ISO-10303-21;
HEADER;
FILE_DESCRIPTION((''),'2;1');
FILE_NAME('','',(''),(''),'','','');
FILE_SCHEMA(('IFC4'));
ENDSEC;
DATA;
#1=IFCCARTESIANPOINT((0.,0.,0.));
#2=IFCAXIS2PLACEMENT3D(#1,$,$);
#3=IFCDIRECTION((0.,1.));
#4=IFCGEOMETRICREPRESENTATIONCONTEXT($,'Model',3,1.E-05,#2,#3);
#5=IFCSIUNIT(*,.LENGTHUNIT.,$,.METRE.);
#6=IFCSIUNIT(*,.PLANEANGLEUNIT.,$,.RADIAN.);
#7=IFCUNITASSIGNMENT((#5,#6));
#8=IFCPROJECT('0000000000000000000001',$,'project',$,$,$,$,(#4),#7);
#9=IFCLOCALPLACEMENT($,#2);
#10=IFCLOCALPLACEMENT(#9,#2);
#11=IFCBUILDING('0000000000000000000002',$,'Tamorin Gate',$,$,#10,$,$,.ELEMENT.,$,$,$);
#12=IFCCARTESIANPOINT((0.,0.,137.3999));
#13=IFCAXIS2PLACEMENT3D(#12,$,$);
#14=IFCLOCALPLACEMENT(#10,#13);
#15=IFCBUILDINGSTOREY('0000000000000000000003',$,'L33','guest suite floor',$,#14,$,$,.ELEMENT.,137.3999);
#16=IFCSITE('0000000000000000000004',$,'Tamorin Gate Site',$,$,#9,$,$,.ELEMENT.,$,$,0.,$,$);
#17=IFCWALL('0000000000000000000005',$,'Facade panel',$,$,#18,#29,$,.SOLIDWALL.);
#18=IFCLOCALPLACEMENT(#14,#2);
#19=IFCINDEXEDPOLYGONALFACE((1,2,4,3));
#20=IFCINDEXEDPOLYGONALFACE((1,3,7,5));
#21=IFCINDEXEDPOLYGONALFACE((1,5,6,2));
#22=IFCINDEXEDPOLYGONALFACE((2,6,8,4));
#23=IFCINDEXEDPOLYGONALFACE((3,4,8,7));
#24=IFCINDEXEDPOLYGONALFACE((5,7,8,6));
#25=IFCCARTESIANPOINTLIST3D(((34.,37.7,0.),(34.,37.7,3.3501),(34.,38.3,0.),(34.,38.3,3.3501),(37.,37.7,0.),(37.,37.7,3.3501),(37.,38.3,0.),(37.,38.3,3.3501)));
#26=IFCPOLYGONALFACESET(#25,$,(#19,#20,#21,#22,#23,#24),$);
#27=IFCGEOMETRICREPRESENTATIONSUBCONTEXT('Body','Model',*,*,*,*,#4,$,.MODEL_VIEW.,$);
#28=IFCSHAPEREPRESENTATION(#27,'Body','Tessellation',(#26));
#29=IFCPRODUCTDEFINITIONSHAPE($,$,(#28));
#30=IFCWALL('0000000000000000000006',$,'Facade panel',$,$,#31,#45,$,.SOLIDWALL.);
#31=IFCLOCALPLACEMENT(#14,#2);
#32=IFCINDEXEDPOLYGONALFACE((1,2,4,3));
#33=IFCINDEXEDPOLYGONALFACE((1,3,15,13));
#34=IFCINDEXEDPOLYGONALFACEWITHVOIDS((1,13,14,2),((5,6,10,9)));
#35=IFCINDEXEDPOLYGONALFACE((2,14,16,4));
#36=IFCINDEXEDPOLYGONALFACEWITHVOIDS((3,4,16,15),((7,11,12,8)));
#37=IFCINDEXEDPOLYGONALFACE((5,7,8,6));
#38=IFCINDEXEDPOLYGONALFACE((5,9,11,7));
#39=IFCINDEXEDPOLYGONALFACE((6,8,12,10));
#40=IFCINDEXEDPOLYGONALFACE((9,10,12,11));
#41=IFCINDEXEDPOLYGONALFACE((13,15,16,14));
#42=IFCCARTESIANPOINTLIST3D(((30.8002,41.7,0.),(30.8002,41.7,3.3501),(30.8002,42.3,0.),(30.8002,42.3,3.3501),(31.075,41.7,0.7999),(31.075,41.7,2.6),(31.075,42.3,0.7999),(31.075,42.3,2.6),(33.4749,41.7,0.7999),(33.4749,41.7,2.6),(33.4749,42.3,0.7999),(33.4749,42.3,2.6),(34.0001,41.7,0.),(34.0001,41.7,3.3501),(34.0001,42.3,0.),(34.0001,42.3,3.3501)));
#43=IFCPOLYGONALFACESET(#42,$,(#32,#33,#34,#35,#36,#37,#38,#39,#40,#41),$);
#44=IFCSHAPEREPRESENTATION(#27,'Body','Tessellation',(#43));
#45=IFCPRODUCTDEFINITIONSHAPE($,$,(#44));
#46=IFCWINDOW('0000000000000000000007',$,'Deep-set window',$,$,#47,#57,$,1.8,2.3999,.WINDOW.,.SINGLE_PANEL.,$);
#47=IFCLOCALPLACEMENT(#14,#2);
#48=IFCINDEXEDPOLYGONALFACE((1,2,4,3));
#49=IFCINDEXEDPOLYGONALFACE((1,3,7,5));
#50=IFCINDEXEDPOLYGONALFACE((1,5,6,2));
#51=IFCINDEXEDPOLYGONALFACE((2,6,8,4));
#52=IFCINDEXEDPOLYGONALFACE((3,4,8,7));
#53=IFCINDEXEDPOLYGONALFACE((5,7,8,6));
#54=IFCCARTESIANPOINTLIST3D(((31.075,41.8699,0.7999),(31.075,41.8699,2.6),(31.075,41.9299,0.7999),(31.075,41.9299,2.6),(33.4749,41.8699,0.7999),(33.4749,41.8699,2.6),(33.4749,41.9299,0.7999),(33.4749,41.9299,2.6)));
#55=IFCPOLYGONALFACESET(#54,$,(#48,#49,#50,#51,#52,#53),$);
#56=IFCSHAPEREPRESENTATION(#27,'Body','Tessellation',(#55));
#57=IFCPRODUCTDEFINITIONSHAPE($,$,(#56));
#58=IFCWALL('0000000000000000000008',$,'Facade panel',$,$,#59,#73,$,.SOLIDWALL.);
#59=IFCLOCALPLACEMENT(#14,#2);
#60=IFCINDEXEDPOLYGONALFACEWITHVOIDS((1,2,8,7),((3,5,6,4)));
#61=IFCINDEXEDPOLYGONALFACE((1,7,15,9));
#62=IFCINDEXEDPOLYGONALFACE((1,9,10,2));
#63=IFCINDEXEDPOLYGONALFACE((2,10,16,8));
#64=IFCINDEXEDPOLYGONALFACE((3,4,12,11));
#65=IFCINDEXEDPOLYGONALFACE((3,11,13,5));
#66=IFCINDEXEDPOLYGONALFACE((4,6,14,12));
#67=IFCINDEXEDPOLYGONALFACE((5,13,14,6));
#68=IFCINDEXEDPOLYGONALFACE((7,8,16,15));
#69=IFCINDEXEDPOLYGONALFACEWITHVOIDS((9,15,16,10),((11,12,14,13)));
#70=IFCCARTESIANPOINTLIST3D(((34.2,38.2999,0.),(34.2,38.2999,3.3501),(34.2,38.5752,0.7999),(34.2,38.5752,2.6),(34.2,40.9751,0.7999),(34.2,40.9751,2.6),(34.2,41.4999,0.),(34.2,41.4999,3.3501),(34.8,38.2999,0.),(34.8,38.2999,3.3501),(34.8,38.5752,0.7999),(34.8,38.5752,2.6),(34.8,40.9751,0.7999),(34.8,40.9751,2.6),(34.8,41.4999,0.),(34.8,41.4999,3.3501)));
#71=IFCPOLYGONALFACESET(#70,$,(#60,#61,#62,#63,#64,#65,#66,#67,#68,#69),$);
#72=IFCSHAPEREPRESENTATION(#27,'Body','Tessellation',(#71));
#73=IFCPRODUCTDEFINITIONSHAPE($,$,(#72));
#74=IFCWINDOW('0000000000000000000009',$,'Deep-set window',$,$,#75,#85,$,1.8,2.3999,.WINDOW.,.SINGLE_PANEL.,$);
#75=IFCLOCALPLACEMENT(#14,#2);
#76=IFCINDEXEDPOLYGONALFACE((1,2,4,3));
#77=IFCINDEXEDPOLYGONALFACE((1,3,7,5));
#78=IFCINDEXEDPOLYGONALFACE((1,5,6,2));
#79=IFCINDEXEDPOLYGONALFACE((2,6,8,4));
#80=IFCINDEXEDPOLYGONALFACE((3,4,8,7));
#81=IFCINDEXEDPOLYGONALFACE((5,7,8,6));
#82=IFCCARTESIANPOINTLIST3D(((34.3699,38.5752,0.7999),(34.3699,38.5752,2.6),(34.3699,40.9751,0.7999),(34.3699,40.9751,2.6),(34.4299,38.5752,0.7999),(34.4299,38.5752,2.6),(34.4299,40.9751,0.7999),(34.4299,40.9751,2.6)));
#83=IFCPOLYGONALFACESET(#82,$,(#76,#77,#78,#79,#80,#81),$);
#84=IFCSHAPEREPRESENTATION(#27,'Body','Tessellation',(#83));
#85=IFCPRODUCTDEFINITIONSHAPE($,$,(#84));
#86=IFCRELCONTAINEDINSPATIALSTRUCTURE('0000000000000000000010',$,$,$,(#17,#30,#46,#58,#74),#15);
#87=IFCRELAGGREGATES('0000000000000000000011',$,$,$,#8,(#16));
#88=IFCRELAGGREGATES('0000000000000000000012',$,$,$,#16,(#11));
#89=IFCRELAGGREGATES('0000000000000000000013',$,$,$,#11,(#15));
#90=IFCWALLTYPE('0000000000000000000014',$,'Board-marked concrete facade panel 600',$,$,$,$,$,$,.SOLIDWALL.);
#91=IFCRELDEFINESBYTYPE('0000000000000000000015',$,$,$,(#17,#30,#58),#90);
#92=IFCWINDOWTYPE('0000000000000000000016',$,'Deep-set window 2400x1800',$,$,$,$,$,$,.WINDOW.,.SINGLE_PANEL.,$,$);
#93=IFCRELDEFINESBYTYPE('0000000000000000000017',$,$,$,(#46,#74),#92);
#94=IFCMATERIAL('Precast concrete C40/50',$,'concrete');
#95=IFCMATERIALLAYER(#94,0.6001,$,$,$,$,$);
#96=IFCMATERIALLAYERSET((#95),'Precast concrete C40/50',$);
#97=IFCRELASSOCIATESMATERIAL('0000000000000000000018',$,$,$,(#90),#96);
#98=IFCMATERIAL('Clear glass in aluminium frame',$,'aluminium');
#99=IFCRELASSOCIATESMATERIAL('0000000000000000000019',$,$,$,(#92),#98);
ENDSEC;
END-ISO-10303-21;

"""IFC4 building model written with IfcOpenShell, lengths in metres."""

from ifc_helpers import new_model, si_unit, direction, frame, frame_2d, origin, place, context, subcontext, project, spatial, rectangle, extrude, material, layer, layer_set, type_object, element, fill, save


model = new_model("IFC4")

# Units and contexts
model_context = context("Model", 3, precision=1e-05, world=origin(), true_north=direction((0.0, 1.0)))
body_context = subcontext(model_context, "Body", "Model", "MODEL_VIEW")
ifc_project = project(units=[si_unit("LENGTHUNIT", "METRE"), si_unit("PLANEANGLEUNIT", "RADIAN")], contexts=[model_context])

# Site, building, storey
site_placement = place(None, origin())
site = spatial("IfcSite", under=ifc_project, at=site_placement, Name="Tamorin Gate Site", CompositionType="ELEMENT", RefElevation=0.0)
building_placement = place(site_placement, origin())
building = spatial("IfcBuilding", under=site, at=building_placement, Name="Tamorin Gate", CompositionType="ELEMENT")
storey_placement = place(building_placement, frame((0.0, 0.0, 137.3999)))
storey = spatial("IfcBuildingStorey", under=building, at=storey_placement, Name="L33", Description="guest suite floor", CompositionType="ELEMENT", Elevation=137.3999)

# Wall
ifc_material_1 = material(Name="Precast concrete C40/50", Category="concrete")
ifc_layer_1 = layer(ifc_material_1, 0.6001)
ifc_layer_set_1 = layer_set([ifc_layer_1], Name="Precast concrete C40/50")
wall_type = type_object("IfcWallType", Name="Board-marked concrete facade panel 600", PredefinedType="SOLIDWALL", material=ifc_layer_set_1)
wall_1_placement = place(storey_placement, frame((34.0, 38.0, 0.0), z_axis=(0.0, 0.0, 1.0), x_axis=(1.0, 0.0, 0.0)))
element("IfcWall", 1, at=wall_1_placement, inside=storey, type_object=wall_type, Name="Facade panel", PredefinedType="SOLIDWALL", context=body_context, shape_type="SweptSolid", body=[
    extrude(rectangle(XDim=3.0, YDim=0.6001, at=frame_2d((1.5, 0.0))), origin(), (0.0, 0.0, 1.0), 3.3501),
])

# Walls, openings, windows
wall_2_placement = place(storey_placement, frame((30.8, 42.0, 0.0), z_axis=(0.0, 0.0, 1.0), x_axis=(1.0, 0.0, 0.0)))
wall_2 = element("IfcWall", 2, at=wall_2_placement, inside=storey, type_object=wall_type, Name="Facade panel", PredefinedType="SOLIDWALL", context=body_context, shape_type="SweptSolid", body=[
    extrude(rectangle(XDim=3.2, YDim=0.6001, at=frame_2d((1.6001, 0.0))), origin(), (0.0, 0.0, 1.0), 3.3501),
])
opening_1_placement = place(wall_2_placement, frame((0.2749, 0.0, 0.8)))
opening_1 = element("IfcOpeningElement", 3, at=opening_1_placement, cuts=wall_2, PredefinedType="OPENING", context=body_context, shape_type="SweptSolid", body=[
    extrude(rectangle(XDim=2.3999, YDim=1.8, at=frame_2d((1.2, 0.8999))), frame((0.0, 0.3101, 0.0), z_axis=(0.0, -1.0, 0.0), x_axis=(1.0, 0.0, 0.0)), (0.0, 0.0, 1.0), 0.6201),
])
ifc_material_2 = material(Name="Clear glass in aluminium frame", Category="aluminium")
window_type = type_object("IfcWindowType", Name="Deep-set window 2400x1800", PartitioningType="SINGLE_PANEL", PredefinedType="WINDOW", material=ifc_material_2)
window_1_placement = place(opening_1_placement, origin())
window_1 = element("IfcWindow", 4, at=window_1_placement, inside=storey, type_object=window_type, Name="Deep-set window", OverallHeight=1.8, OverallWidth=2.3999, PartitioningType="SINGLE_PANEL", PredefinedType="WINDOW", context=body_context, shape_type="SweptSolid", body=[
    extrude(rectangle(XDim=2.3999, YDim=1.8, at=frame_2d((1.2, 0.8999))), frame((0.0, -0.0701, 0.0), z_axis=(0.0, -1.0, 0.0), x_axis=(1.0, 0.0, 0.0)), (0.0, 0.0, 1.0), 0.0601),
])
fill(opening_1, window_1)
wall_3_placement = place(storey_placement, frame((34.5, 41.5, 0.0), z_axis=(0.0, 0.0, 1.0), x_axis=(0.0, -1.0, 0.0)))
wall_3 = element("IfcWall", 5, at=wall_3_placement, inside=storey, type_object=wall_type, Name="Facade panel", PredefinedType="SOLIDWALL", context=body_context, shape_type="SweptSolid", body=[
    extrude(rectangle(XDim=3.2, YDim=0.6001, at=frame_2d((1.6001, 0.0))), origin(), (0.0, 0.0, 1.0), 3.3501),
])
opening_2_placement = place(wall_3_placement, frame((0.5249, 0.0, 0.8)))
opening_2 = element("IfcOpeningElement", 6, at=opening_2_placement, cuts=wall_3, PredefinedType="OPENING", context=body_context, shape_type="SweptSolid", body=[
    extrude(rectangle(XDim=2.3999, YDim=1.8, at=frame_2d((1.2, 0.8999))), frame((0.0, 0.3101, 0.0), z_axis=(0.0, -1.0, 0.0), x_axis=(1.0, 0.0, 0.0)), (0.0, 0.0, 1.0), 0.6201),
])
window_2_placement = place(opening_2_placement, origin())
window_2 = element("IfcWindow", 7, at=window_2_placement, inside=storey, type_object=window_type, Name="Deep-set window", OverallHeight=1.8, OverallWidth=2.3999, PartitioningType="SINGLE_PANEL", PredefinedType="WINDOW", context=body_context, shape_type="SweptSolid", body=[
    extrude(rectangle(XDim=2.3999, YDim=1.8, at=frame_2d((1.2, 0.8999))), frame((0.0, -0.0701, 0.0), z_axis=(0.0, -1.0, 0.0), x_axis=(1.0, 0.0, 0.0)), (0.0, 0.0, 1.0), 0.0601),
])
fill(opening_2, window_2)

save(model, "model.ifc")
